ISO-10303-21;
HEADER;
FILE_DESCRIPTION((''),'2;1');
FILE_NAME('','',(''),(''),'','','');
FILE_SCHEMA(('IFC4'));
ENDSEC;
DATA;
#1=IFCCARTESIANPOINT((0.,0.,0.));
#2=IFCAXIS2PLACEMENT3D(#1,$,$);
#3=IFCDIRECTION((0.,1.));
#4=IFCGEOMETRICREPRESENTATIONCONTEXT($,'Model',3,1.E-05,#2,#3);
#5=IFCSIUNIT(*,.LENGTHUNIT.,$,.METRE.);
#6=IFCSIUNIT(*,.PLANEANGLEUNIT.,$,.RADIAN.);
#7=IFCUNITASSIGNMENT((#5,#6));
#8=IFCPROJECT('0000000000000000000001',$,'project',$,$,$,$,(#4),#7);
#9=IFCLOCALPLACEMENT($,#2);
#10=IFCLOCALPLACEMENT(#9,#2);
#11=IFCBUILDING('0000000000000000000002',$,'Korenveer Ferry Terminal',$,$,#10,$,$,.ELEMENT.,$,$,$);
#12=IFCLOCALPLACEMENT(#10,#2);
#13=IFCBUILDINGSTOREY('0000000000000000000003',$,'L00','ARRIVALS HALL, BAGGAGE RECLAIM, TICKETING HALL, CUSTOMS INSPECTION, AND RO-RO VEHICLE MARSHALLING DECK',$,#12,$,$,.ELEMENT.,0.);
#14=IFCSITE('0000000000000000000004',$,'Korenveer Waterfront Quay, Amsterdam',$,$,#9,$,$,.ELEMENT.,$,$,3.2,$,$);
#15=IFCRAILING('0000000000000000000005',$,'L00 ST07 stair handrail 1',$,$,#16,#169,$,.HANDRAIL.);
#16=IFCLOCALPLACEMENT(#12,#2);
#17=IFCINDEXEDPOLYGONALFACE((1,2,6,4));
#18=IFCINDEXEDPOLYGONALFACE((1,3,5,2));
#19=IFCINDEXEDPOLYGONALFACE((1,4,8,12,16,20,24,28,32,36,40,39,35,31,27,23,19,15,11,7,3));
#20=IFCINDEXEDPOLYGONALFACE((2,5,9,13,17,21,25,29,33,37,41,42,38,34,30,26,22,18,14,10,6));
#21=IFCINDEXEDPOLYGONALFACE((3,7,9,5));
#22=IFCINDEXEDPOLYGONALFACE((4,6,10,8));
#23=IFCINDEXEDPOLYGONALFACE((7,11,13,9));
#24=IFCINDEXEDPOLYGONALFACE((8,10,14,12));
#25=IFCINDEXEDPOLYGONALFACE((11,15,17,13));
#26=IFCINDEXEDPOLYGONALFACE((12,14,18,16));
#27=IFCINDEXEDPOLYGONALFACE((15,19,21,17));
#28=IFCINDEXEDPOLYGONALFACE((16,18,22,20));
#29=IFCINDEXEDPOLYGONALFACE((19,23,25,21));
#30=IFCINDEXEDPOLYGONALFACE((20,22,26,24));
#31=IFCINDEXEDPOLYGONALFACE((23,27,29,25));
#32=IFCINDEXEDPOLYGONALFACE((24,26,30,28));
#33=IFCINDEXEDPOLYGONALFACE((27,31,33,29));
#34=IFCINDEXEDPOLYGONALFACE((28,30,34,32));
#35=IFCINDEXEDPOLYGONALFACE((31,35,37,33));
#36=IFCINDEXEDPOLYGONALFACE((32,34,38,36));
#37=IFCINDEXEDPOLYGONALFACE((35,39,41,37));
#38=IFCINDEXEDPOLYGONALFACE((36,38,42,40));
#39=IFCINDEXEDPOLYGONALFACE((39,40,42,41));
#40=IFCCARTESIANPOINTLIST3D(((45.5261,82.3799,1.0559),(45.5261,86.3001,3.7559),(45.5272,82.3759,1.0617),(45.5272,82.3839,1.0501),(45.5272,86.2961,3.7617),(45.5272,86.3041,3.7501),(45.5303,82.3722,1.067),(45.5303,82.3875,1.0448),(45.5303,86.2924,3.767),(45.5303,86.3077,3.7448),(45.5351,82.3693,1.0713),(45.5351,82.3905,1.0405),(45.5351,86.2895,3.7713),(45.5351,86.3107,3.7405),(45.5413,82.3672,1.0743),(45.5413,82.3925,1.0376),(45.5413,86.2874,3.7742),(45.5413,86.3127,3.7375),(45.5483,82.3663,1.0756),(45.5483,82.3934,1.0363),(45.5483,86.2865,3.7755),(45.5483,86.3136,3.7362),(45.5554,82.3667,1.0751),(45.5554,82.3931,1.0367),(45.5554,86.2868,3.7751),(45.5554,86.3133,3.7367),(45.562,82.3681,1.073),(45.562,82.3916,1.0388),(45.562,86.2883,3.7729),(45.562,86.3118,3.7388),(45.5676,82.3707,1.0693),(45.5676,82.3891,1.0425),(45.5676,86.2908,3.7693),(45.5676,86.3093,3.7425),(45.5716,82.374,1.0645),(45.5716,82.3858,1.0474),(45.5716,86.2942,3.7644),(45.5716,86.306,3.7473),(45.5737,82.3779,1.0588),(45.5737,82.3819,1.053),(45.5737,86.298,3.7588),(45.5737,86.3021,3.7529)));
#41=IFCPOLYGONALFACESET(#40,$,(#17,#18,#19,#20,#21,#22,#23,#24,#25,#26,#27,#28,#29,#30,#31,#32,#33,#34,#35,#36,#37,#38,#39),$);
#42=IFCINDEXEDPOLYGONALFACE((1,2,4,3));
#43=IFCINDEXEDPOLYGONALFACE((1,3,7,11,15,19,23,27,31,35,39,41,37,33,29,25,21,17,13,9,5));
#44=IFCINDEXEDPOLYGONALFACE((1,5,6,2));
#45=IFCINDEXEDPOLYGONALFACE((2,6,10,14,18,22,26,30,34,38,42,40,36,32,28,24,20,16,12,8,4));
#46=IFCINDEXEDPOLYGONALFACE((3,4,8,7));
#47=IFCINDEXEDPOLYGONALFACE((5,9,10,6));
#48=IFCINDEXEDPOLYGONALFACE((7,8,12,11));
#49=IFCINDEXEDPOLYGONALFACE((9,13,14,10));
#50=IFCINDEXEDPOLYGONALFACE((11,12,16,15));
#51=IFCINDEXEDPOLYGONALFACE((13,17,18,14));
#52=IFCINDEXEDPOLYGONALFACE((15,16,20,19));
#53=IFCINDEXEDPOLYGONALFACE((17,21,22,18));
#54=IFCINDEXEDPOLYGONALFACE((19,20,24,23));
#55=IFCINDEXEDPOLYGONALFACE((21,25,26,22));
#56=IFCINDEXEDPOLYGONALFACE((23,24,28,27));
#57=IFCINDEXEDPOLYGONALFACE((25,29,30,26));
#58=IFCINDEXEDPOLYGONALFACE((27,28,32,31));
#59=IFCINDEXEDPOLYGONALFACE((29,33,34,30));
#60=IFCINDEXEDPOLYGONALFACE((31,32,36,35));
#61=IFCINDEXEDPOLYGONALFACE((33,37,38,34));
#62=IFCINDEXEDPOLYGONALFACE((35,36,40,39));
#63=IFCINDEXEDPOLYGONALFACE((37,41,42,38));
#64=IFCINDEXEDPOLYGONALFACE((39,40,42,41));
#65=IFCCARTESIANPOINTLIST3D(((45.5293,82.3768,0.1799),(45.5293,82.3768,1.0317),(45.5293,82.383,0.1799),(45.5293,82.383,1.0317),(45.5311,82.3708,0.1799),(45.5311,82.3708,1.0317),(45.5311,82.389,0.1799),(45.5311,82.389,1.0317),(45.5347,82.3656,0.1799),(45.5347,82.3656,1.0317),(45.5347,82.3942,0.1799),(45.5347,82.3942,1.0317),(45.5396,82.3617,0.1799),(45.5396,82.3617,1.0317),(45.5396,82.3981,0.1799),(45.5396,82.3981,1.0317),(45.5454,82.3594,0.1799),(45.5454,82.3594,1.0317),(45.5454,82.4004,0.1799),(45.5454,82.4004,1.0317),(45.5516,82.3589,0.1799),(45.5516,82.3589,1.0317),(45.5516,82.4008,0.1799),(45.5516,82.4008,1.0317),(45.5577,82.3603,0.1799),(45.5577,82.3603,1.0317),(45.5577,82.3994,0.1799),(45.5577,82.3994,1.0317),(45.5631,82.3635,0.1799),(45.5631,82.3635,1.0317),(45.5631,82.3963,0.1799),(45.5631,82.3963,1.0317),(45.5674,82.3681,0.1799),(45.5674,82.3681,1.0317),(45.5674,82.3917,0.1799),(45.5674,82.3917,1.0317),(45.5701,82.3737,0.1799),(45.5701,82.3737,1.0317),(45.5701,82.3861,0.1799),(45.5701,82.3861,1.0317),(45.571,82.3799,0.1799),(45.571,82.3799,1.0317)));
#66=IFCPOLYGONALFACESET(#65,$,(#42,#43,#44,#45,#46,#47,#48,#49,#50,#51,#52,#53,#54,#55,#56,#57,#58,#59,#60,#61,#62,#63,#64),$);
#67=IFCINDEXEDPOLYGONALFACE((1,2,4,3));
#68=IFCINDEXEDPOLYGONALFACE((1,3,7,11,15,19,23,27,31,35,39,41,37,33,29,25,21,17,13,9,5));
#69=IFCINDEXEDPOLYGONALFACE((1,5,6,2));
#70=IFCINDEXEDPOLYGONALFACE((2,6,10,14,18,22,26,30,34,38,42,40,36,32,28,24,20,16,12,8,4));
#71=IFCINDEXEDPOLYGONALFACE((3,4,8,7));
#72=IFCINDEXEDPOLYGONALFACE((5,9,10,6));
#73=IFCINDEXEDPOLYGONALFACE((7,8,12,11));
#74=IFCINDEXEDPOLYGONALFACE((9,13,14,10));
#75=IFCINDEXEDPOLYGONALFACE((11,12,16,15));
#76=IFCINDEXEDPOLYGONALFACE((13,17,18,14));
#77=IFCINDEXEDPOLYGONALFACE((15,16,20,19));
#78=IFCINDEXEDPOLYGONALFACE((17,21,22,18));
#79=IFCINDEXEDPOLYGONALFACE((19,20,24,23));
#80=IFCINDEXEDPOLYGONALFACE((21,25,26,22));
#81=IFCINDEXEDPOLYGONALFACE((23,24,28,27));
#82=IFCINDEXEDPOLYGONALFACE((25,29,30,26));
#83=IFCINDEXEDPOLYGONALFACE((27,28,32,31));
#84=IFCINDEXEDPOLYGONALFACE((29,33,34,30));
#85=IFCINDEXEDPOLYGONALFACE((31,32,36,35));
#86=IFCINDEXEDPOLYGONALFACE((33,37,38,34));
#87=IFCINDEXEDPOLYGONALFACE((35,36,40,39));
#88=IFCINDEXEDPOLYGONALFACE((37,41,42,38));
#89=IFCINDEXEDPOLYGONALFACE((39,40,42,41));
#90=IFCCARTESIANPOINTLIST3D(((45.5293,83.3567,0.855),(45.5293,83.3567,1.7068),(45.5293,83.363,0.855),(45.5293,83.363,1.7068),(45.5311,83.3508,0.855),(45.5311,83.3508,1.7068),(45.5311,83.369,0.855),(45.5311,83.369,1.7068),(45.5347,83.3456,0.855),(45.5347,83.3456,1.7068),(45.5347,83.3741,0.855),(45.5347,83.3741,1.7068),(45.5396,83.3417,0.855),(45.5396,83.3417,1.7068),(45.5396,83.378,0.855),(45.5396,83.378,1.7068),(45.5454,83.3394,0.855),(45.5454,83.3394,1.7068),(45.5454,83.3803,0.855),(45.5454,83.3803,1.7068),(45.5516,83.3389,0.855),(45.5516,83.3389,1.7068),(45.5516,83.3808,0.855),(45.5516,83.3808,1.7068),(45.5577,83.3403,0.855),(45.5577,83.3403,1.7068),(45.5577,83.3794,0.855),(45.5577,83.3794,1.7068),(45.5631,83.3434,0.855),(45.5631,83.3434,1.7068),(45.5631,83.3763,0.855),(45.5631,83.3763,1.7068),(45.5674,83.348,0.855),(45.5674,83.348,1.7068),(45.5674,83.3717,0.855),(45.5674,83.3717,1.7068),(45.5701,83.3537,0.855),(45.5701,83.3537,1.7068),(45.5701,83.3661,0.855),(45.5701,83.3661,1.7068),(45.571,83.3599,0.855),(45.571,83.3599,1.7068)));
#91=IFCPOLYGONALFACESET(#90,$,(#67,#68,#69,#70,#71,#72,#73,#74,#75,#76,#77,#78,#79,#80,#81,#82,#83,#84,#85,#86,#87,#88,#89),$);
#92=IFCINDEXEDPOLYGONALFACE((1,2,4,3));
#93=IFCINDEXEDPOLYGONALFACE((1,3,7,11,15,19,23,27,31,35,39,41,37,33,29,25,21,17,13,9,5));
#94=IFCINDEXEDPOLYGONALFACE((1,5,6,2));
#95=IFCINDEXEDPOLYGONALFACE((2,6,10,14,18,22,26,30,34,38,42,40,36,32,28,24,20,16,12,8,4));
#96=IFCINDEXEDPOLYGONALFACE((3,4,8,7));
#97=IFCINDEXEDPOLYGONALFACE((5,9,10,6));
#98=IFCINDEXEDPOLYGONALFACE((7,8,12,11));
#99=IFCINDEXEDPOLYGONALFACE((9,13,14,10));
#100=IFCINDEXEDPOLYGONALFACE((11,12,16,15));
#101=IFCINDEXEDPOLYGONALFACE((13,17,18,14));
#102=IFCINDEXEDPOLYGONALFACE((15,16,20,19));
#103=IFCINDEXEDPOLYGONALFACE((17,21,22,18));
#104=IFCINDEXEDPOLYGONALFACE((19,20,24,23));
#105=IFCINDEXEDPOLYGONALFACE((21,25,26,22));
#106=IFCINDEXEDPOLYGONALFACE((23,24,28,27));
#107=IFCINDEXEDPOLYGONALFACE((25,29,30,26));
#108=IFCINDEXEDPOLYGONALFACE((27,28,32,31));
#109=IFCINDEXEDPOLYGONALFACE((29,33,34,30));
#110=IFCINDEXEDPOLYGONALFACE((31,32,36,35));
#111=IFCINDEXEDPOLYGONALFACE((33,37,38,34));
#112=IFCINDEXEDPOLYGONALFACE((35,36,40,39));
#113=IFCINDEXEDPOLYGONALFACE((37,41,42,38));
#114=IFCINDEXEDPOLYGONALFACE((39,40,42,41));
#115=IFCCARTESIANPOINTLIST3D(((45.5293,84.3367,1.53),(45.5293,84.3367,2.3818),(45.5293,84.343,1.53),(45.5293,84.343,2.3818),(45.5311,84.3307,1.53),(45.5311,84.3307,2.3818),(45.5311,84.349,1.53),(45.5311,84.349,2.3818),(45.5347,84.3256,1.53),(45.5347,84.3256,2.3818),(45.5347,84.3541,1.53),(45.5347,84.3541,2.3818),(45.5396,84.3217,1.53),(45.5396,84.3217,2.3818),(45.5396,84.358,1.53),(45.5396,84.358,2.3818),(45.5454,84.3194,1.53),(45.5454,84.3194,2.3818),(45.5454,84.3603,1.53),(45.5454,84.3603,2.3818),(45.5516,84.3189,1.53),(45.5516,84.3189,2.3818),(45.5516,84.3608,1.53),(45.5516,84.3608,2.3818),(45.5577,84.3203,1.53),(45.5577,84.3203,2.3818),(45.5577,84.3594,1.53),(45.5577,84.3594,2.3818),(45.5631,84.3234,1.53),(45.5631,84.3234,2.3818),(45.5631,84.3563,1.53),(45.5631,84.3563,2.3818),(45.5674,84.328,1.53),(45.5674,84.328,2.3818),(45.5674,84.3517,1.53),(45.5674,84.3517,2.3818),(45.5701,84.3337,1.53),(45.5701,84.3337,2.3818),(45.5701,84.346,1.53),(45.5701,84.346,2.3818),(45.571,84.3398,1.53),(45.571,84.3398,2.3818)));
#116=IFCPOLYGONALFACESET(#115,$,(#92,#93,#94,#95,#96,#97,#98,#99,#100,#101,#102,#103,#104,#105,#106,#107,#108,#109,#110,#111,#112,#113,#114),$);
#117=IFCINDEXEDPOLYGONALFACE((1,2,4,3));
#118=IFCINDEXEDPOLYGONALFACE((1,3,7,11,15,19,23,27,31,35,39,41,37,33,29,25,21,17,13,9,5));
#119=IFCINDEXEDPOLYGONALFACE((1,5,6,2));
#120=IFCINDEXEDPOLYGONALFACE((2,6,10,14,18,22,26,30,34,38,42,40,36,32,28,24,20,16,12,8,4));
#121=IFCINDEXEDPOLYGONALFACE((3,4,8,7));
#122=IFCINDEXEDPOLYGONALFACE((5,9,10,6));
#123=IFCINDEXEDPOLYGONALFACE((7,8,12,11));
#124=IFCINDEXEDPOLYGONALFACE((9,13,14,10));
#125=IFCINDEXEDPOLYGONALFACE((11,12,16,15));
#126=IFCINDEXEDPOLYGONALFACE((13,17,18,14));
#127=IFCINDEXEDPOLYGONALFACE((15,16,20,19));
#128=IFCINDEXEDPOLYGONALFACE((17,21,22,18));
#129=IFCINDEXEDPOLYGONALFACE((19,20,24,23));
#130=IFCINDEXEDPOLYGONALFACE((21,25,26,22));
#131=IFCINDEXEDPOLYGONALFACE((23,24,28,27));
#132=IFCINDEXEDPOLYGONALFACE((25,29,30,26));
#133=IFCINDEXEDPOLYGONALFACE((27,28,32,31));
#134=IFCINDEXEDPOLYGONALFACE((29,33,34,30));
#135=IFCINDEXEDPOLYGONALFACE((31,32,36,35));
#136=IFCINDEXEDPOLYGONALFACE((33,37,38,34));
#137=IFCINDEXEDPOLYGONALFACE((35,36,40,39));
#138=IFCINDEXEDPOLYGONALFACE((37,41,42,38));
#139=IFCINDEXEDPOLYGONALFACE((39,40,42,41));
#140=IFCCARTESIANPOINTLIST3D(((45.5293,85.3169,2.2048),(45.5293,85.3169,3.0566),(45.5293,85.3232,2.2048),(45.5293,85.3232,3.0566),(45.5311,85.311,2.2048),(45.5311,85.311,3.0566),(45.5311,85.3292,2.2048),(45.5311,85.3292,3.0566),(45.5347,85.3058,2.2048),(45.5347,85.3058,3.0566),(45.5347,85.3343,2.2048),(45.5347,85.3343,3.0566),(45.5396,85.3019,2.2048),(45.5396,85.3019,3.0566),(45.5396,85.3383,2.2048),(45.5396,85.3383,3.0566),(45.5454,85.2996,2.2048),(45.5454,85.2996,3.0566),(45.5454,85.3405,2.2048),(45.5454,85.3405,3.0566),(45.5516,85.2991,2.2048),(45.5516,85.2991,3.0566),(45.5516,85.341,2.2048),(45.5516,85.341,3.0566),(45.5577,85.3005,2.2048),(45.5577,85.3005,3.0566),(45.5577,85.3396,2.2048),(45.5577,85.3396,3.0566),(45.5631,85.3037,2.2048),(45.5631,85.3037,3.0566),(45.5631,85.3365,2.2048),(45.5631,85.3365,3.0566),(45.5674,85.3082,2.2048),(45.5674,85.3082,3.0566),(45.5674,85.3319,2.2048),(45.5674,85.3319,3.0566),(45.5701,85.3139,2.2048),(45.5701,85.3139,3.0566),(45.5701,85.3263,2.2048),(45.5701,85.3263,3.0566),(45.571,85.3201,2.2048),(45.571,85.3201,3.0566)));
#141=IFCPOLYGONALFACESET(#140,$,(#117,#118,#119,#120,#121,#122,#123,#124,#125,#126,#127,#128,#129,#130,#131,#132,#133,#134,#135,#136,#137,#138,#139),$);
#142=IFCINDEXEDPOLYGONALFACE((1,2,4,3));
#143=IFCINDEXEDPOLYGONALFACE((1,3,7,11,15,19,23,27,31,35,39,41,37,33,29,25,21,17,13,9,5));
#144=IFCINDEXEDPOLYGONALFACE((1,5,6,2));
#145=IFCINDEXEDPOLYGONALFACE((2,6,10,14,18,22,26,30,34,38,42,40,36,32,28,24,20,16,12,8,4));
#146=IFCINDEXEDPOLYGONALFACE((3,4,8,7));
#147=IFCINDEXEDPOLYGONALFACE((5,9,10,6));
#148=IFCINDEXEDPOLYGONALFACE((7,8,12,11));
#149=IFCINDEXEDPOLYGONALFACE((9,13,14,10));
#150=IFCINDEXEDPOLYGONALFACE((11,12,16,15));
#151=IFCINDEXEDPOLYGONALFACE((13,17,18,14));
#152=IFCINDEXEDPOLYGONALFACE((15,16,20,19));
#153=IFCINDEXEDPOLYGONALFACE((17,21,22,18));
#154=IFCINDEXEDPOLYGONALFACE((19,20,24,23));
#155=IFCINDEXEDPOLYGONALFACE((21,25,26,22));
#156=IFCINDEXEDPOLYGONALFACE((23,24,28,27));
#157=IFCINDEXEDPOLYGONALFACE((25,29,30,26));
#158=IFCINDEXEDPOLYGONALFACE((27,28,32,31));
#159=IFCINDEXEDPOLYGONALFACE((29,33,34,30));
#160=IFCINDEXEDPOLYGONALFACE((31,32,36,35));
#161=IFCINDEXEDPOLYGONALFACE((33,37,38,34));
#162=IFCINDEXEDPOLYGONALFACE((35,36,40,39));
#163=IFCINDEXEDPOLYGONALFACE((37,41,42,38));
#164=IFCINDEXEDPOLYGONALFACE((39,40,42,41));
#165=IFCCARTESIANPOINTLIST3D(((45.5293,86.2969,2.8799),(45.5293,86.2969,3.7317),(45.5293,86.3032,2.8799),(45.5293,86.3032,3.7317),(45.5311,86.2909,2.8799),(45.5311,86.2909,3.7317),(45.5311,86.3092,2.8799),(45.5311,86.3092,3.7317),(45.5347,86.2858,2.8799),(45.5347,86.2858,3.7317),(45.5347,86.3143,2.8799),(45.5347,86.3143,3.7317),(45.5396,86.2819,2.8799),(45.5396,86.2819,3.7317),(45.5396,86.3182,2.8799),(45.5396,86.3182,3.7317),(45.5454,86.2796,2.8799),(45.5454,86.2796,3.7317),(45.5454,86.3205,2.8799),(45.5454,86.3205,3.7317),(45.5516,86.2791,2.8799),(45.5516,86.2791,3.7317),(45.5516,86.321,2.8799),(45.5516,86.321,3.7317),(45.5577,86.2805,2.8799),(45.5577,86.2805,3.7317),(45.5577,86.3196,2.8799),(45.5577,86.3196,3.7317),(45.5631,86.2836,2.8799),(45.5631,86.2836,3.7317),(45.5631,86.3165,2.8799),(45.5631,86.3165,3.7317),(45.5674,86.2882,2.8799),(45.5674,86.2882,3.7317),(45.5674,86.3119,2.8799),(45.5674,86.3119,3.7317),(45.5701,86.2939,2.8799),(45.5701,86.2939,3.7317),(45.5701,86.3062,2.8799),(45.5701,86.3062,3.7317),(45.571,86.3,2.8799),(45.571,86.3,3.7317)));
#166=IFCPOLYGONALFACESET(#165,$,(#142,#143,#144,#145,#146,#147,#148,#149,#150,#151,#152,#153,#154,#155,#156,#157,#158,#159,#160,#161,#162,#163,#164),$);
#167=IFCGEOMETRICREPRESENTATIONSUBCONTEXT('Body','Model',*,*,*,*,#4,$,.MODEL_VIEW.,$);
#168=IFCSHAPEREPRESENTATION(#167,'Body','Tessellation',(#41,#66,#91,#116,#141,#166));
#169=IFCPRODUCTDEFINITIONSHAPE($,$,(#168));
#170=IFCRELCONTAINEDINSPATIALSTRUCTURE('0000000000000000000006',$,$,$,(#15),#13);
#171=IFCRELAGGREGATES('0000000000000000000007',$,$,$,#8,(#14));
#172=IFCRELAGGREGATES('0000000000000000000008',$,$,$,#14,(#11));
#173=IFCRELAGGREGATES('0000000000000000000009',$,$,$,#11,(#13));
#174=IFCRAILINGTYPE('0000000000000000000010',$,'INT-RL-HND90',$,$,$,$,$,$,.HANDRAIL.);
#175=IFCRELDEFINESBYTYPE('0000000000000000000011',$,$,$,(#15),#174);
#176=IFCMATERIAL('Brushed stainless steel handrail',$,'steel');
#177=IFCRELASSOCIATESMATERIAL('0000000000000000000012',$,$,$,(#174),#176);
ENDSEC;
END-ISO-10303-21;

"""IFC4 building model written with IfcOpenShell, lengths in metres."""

from ifc_helpers import new_model, si_unit, direction, frame, origin, origin_2d, place, context, subcontext, project, spatial, circle, extrude, material, type_object, element, save


model = new_model("IFC4")

# Units and contexts
model_context = context("Model", 3, precision=1e-05, world=origin(), true_north=direction((0.0, 1.0)))
body_context = subcontext(model_context, "Body", "Model", "MODEL_VIEW")
ifc_project = project(units=[si_unit("LENGTHUNIT", "METRE"), si_unit("PLANEANGLEUNIT", "RADIAN")], contexts=[model_context])

# Site, building, storey
site_placement = place(None, origin())
site = spatial("IfcSite", under=ifc_project, at=site_placement, Name="Korenveer Waterfront Quay, Amsterdam", CompositionType="ELEMENT", RefElevation=3.2)
building_placement = place(site_placement, origin())
building = spatial("IfcBuilding", under=site, at=building_placement, Name="Korenveer Ferry Terminal", CompositionType="ELEMENT")
storey_placement = place(building_placement, origin())
storey = spatial("IfcBuildingStorey", under=building, at=storey_placement, Name="L00", Description="ARRIVALS HALL, BAGGAGE RECLAIM, TICKETING HALL, CUSTOMS INSPECTION, AND RO-RO VEHICLE MARSHALLING DECK", CompositionType="ELEMENT", Elevation=0.0)

# Railing
ifc_material_1 = material(Name="Brushed stainless steel handrail", Category="steel")
railing_type_1 = type_object("IfcRailingType", Name="INT-RL-HND90", PredefinedType="HANDRAIL", material=ifc_material_1)
railing_1_placement = place(storey_placement, frame((45.55, 82.3799, 0.1799)))
element("IfcRailing", 1, at=railing_1_placement, inside=storey, type_object=railing_type_1, Name="L00 ST07 stair handrail 1", PredefinedType="HANDRAIL", context=body_context, shape_type="SweptSolid", body=[
    extrude(circle(Radius=0.0239, at=origin_2d()), frame((0.0, 0.0, 0.876), z_axis=(0.0, 0.823567, 0.567219), x_axis=(-1.0, 0.0, 0.0)), (0.0, 0.0, 1.0), 4.76),
    extrude(circle(Radius=0.021, at=origin_2d()), origin(), (0.0, 0.0, 1.0), 0.8518),
    extrude(circle(Radius=0.021, at=origin_2d()), frame((0.0, 0.98, 0.675)), (0.0, 0.0, 1.0), 0.8518),
    extrude(circle(Radius=0.021, at=origin_2d()), frame((0.0, 1.96, 1.3501)), (0.0, 0.0, 1.0), 0.8518),
    extrude(circle(Radius=0.021, at=origin_2d()), frame((0.0, 2.9402, 2.0249)), (0.0, 0.0, 1.0), 0.8518),
    extrude(circle(Radius=0.021, at=origin_2d()), frame((0.0, 3.9202, 2.7)), (0.0, 0.0, 1.0), 0.8518),
])

save(model, "model.ifc")
